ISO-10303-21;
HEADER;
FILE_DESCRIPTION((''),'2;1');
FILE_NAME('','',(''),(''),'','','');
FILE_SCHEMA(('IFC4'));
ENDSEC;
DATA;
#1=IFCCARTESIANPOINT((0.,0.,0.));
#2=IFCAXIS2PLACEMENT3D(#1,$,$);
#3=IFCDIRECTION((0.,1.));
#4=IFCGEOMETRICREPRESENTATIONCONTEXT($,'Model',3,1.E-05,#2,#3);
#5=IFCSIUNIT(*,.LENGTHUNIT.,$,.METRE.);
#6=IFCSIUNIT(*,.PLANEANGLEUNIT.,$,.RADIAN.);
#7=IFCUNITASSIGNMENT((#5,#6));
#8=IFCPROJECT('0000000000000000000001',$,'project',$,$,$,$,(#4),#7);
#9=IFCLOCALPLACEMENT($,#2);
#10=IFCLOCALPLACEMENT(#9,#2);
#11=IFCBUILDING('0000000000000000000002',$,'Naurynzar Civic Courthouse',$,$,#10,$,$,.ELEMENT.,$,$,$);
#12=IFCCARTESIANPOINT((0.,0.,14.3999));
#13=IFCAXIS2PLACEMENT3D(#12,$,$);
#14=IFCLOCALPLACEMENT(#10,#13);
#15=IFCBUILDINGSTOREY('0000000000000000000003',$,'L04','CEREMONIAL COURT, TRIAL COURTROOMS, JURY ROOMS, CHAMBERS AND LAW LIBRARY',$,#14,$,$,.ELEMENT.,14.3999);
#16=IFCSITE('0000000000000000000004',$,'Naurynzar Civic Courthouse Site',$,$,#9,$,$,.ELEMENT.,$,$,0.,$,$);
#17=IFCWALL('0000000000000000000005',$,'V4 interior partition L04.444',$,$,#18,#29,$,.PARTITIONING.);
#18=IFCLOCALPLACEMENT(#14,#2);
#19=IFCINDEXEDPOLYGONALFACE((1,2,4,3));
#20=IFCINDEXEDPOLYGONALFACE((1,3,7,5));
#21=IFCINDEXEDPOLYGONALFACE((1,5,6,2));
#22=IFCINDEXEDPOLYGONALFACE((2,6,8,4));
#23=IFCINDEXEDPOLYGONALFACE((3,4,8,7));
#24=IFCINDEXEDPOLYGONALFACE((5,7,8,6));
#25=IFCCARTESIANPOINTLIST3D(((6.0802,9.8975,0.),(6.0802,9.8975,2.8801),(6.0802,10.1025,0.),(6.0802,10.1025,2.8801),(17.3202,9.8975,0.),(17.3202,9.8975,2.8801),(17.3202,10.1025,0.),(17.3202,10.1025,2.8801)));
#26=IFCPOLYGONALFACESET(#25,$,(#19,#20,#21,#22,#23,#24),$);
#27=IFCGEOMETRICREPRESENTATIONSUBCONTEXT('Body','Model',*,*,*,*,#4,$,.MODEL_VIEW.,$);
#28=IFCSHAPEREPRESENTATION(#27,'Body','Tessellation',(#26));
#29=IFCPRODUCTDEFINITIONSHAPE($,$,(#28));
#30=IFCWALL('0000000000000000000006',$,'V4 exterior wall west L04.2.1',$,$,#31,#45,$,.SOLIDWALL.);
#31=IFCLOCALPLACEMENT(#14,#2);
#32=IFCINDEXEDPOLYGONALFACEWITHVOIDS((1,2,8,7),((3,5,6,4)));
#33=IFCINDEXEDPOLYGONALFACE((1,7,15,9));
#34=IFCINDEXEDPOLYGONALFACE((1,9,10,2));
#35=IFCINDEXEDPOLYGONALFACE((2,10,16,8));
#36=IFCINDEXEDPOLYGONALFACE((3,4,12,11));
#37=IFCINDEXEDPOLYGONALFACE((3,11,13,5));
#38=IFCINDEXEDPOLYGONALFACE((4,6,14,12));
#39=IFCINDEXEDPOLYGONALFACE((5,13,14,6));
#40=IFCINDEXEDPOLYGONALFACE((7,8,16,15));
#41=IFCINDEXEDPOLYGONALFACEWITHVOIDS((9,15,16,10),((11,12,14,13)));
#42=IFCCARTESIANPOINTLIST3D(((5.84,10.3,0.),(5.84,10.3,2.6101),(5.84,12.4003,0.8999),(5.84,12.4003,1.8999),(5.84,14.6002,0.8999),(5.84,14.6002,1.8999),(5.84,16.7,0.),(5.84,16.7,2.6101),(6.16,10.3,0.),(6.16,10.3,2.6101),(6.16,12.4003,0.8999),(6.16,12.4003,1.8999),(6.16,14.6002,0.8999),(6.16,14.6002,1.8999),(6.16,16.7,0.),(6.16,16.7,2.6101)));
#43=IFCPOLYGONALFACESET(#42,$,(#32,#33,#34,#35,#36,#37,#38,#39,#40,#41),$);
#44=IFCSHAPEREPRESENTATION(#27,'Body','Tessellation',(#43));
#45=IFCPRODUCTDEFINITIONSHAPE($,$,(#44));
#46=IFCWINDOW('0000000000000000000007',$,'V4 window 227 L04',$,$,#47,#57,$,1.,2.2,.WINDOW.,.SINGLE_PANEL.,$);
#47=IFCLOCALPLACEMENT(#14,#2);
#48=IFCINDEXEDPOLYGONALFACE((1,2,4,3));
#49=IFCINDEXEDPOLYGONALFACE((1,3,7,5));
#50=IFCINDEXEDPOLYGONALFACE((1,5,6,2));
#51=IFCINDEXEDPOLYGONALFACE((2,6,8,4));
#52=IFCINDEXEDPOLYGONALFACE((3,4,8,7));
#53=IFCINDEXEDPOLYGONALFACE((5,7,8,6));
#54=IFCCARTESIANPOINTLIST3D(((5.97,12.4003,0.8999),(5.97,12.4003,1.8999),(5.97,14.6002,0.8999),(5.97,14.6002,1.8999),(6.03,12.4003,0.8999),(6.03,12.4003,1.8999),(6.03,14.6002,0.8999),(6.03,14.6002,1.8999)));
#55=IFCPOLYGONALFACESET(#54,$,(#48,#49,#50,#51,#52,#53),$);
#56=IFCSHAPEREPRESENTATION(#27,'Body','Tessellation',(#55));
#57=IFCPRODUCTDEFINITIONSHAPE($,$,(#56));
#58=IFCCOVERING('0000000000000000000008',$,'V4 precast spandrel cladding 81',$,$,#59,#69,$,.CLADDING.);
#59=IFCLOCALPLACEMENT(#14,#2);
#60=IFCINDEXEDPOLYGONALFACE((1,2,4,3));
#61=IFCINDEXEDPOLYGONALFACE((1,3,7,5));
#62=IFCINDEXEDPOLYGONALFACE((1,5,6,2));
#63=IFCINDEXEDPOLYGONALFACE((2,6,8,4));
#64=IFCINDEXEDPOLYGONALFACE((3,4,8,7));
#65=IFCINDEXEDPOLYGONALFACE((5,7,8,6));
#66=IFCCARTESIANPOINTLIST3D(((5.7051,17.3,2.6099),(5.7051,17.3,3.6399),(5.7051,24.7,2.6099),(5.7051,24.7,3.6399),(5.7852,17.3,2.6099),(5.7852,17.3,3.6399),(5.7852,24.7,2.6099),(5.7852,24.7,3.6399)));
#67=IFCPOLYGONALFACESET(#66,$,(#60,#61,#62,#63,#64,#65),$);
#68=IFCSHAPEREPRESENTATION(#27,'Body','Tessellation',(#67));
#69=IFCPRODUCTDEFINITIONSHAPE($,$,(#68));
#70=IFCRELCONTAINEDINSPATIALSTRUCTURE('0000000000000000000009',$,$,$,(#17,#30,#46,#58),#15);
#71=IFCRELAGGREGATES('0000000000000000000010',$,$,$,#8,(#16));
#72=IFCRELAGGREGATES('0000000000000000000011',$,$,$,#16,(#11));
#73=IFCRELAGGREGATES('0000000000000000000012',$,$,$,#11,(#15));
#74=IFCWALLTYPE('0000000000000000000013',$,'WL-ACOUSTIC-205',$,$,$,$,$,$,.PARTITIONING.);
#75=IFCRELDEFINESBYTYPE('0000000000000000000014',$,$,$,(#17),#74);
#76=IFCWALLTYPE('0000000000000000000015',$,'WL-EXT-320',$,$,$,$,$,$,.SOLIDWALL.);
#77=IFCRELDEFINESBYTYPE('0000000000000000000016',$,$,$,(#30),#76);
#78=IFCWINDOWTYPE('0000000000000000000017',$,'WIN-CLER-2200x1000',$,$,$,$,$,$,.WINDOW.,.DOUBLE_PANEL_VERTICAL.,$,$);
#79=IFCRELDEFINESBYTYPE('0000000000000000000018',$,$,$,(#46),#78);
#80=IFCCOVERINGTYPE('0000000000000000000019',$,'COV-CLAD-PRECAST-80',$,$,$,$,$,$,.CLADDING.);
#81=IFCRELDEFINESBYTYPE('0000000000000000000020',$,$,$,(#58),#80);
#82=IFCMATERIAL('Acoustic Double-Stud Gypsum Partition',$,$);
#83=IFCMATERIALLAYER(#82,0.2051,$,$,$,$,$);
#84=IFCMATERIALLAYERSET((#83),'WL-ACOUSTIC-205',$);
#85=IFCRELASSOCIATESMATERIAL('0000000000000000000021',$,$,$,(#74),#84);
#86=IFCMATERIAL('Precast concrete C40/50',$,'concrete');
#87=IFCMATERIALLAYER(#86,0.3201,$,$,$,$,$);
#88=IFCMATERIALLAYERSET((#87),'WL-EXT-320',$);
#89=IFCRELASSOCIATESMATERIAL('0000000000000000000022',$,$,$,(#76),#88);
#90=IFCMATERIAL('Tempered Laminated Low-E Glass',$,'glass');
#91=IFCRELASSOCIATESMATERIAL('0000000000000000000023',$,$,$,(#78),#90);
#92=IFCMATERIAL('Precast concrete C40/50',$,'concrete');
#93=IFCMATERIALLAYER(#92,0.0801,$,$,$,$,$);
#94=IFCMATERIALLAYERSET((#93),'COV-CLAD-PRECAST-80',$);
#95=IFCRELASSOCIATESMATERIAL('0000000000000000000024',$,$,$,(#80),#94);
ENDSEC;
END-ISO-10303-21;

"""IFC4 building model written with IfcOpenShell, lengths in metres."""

from ifc_helpers import new_model, si_unit, direction, frame, frame_2d, origin, origin_2d, place, context, subcontext, project, spatial, rectangle, extrude, material, layer, layer_set, type_object, element, fill, save


model = new_model("IFC4")

# Units and contexts
model_context = context("Model", 3, precision=1e-05, world=origin(), true_north=direction((0.0, 1.0)))
body_context = subcontext(model_context, "Body", "Model", "MODEL_VIEW")
ifc_project = project(units=[si_unit("LENGTHUNIT", "METRE"), si_unit("PLANEANGLEUNIT", "RADIAN")], contexts=[model_context])

# Site, building, storey
site_placement = place(None, origin())
site = spatial("IfcSite", under=ifc_project, at=site_placement, Name="Naurynzar Civic Courthouse Site", CompositionType="ELEMENT", RefElevation=0.0)
building_placement = place(site_placement, origin())
building = spatial("IfcBuilding", under=site, at=building_placement, Name="Naurynzar Civic Courthouse", CompositionType="ELEMENT")
storey_placement = place(building_placement, frame((0.0, 0.0, 14.3999)))
storey = spatial("IfcBuildingStorey", under=building, at=storey_placement, Name="L04", Description="CEREMONIAL COURT, TRIAL COURTROOMS, JURY ROOMS, CHAMBERS AND LAW LIBRARY", CompositionType="ELEMENT", Elevation=14.3999)

# Wall
ifc_material_1 = material(Name="Acoustic Double-Stud Gypsum Partition")
ifc_layer_1 = layer(ifc_material_1, 0.2051)
ifc_layer_set_1 = layer_set([ifc_layer_1], Name="WL-ACOUSTIC-205")
wall_type_1 = type_object("IfcWallType", Name="WL-ACOUSTIC-205", PredefinedType="PARTITIONING", material=ifc_layer_set_1)
wall_1_placement = place(storey_placement, frame((6.0801, 10.0, 0.0), z_axis=(0.0, 0.0, 1.0), x_axis=(1.0, 0.0, 0.0)))
element("IfcWall", 1, at=wall_1_placement, inside=storey, type_object=wall_type_1, Name="V4 interior partition L04.444", PredefinedType="PARTITIONING", context=body_context, shape_type="SweptSolid", body=[
    extrude(rectangle(XDim=11.24, YDim=0.2051, at=frame_2d((5.6201, 0.0))), origin(), (0.0, 0.0, 1.0), 2.8801),
])

# Wall, opening, window
ifc_material_2 = material(Name="Precast concrete C40/50", Category="concrete")
ifc_layer_2 = layer(ifc_material_2, 0.3201)
ifc_layer_set_2 = layer_set([ifc_layer_2], Name="WL-EXT-320")
wall_type_2 = type_object("IfcWallType", Name="WL-EXT-320", PredefinedType="SOLIDWALL", material=ifc_layer_set_2)
wall_2_placement = place(storey_placement, frame((6.0, 10.3, 0.0), z_axis=(0.0, 0.0, 1.0), x_axis=(0.0, 1.0, 0.0)))
wall_2 = element("IfcWall", 2, at=wall_2_placement, inside=storey, type_object=wall_type_2, Name="V4 exterior wall west L04.2.1", PredefinedType="SOLIDWALL", context=body_context, shape_type="SweptSolid", body=[
    extrude(rectangle(XDim=6.3999, YDim=0.3201, at=frame_2d((3.2, 0.0))), origin(), (0.0, 0.0, 1.0), 2.6101),
])
opening_placement = place(wall_2_placement, frame((2.1001, 0.0, 0.8999)))
opening = element("IfcOpeningElement", 3, at=opening_placement, cuts=wall_2, PredefinedType="OPENING", context=body_context, shape_type="SweptSolid", body=[
    extrude(rectangle(XDim=2.2, YDim=1.0, at=frame_2d((1.1001, 0.5))), frame((0.0, 0.1699, 0.0), z_axis=(0.0, -1.0, 0.0), x_axis=(1.0, 0.0, 0.0)), (0.0, 0.0, 1.0), 0.3401),
])
ifc_material_3 = material(Name="Tempered Laminated Low-E Glass", Category="glass")
window_type = type_object("IfcWindowType", Name="WIN-CLER-2200x1000", PartitioningType="DOUBLE_PANEL_VERTICAL", PredefinedType="WINDOW", material=ifc_material_3)
window_placement = place(opening_placement, origin())
window = element("IfcWindow", 4, at=window_placement, inside=storey, type_object=window_type, Name="V4 window 227 L04", OverallHeight=1.0, OverallWidth=2.2, PartitioningType="SINGLE_PANEL", PredefinedType="WINDOW", context=body_context, shape_type="SweptSolid", body=[
    extrude(rectangle(XDim=2.2, YDim=1.0, at=frame_2d((1.1001, 0.5))), frame((0.0, 0.03, 0.0), z_axis=(0.0, -1.0, 0.0), x_axis=(1.0, 0.0, 0.0)), (0.0, 0.0, 1.0), 0.0601),
])
fill(opening, window)

# Covering
ifc_material_4 = material(Name="Precast concrete C40/50", Category="concrete")
ifc_layer_3 = layer(ifc_material_4, 0.0801)
ifc_layer_set_3 = layer_set([ifc_layer_3], Name="COV-CLAD-PRECAST-80")
covering_type = type_object("IfcCoveringType", Name="COV-CLAD-PRECAST-80", PredefinedType="CLADDING", material=ifc_layer_set_3)
covering_placement = place(storey_placement, frame((5.7451, 21.0, 2.6099), z_axis=(0.0, 0.0, 1.0), x_axis=(0.0, 1.0, 0.0)))
element("IfcCovering", 5, at=covering_placement, inside=storey, type_object=covering_type, Name="V4 precast spandrel cladding 81", PredefinedType="CLADDING", context=body_context, shape_type="SweptSolid", body=[
    extrude(rectangle(XDim=7.3999, YDim=0.0801, at=origin_2d()), origin(), (0.0, 0.0, 1.0), 1.03),
])

save(model, "model.ifc")
